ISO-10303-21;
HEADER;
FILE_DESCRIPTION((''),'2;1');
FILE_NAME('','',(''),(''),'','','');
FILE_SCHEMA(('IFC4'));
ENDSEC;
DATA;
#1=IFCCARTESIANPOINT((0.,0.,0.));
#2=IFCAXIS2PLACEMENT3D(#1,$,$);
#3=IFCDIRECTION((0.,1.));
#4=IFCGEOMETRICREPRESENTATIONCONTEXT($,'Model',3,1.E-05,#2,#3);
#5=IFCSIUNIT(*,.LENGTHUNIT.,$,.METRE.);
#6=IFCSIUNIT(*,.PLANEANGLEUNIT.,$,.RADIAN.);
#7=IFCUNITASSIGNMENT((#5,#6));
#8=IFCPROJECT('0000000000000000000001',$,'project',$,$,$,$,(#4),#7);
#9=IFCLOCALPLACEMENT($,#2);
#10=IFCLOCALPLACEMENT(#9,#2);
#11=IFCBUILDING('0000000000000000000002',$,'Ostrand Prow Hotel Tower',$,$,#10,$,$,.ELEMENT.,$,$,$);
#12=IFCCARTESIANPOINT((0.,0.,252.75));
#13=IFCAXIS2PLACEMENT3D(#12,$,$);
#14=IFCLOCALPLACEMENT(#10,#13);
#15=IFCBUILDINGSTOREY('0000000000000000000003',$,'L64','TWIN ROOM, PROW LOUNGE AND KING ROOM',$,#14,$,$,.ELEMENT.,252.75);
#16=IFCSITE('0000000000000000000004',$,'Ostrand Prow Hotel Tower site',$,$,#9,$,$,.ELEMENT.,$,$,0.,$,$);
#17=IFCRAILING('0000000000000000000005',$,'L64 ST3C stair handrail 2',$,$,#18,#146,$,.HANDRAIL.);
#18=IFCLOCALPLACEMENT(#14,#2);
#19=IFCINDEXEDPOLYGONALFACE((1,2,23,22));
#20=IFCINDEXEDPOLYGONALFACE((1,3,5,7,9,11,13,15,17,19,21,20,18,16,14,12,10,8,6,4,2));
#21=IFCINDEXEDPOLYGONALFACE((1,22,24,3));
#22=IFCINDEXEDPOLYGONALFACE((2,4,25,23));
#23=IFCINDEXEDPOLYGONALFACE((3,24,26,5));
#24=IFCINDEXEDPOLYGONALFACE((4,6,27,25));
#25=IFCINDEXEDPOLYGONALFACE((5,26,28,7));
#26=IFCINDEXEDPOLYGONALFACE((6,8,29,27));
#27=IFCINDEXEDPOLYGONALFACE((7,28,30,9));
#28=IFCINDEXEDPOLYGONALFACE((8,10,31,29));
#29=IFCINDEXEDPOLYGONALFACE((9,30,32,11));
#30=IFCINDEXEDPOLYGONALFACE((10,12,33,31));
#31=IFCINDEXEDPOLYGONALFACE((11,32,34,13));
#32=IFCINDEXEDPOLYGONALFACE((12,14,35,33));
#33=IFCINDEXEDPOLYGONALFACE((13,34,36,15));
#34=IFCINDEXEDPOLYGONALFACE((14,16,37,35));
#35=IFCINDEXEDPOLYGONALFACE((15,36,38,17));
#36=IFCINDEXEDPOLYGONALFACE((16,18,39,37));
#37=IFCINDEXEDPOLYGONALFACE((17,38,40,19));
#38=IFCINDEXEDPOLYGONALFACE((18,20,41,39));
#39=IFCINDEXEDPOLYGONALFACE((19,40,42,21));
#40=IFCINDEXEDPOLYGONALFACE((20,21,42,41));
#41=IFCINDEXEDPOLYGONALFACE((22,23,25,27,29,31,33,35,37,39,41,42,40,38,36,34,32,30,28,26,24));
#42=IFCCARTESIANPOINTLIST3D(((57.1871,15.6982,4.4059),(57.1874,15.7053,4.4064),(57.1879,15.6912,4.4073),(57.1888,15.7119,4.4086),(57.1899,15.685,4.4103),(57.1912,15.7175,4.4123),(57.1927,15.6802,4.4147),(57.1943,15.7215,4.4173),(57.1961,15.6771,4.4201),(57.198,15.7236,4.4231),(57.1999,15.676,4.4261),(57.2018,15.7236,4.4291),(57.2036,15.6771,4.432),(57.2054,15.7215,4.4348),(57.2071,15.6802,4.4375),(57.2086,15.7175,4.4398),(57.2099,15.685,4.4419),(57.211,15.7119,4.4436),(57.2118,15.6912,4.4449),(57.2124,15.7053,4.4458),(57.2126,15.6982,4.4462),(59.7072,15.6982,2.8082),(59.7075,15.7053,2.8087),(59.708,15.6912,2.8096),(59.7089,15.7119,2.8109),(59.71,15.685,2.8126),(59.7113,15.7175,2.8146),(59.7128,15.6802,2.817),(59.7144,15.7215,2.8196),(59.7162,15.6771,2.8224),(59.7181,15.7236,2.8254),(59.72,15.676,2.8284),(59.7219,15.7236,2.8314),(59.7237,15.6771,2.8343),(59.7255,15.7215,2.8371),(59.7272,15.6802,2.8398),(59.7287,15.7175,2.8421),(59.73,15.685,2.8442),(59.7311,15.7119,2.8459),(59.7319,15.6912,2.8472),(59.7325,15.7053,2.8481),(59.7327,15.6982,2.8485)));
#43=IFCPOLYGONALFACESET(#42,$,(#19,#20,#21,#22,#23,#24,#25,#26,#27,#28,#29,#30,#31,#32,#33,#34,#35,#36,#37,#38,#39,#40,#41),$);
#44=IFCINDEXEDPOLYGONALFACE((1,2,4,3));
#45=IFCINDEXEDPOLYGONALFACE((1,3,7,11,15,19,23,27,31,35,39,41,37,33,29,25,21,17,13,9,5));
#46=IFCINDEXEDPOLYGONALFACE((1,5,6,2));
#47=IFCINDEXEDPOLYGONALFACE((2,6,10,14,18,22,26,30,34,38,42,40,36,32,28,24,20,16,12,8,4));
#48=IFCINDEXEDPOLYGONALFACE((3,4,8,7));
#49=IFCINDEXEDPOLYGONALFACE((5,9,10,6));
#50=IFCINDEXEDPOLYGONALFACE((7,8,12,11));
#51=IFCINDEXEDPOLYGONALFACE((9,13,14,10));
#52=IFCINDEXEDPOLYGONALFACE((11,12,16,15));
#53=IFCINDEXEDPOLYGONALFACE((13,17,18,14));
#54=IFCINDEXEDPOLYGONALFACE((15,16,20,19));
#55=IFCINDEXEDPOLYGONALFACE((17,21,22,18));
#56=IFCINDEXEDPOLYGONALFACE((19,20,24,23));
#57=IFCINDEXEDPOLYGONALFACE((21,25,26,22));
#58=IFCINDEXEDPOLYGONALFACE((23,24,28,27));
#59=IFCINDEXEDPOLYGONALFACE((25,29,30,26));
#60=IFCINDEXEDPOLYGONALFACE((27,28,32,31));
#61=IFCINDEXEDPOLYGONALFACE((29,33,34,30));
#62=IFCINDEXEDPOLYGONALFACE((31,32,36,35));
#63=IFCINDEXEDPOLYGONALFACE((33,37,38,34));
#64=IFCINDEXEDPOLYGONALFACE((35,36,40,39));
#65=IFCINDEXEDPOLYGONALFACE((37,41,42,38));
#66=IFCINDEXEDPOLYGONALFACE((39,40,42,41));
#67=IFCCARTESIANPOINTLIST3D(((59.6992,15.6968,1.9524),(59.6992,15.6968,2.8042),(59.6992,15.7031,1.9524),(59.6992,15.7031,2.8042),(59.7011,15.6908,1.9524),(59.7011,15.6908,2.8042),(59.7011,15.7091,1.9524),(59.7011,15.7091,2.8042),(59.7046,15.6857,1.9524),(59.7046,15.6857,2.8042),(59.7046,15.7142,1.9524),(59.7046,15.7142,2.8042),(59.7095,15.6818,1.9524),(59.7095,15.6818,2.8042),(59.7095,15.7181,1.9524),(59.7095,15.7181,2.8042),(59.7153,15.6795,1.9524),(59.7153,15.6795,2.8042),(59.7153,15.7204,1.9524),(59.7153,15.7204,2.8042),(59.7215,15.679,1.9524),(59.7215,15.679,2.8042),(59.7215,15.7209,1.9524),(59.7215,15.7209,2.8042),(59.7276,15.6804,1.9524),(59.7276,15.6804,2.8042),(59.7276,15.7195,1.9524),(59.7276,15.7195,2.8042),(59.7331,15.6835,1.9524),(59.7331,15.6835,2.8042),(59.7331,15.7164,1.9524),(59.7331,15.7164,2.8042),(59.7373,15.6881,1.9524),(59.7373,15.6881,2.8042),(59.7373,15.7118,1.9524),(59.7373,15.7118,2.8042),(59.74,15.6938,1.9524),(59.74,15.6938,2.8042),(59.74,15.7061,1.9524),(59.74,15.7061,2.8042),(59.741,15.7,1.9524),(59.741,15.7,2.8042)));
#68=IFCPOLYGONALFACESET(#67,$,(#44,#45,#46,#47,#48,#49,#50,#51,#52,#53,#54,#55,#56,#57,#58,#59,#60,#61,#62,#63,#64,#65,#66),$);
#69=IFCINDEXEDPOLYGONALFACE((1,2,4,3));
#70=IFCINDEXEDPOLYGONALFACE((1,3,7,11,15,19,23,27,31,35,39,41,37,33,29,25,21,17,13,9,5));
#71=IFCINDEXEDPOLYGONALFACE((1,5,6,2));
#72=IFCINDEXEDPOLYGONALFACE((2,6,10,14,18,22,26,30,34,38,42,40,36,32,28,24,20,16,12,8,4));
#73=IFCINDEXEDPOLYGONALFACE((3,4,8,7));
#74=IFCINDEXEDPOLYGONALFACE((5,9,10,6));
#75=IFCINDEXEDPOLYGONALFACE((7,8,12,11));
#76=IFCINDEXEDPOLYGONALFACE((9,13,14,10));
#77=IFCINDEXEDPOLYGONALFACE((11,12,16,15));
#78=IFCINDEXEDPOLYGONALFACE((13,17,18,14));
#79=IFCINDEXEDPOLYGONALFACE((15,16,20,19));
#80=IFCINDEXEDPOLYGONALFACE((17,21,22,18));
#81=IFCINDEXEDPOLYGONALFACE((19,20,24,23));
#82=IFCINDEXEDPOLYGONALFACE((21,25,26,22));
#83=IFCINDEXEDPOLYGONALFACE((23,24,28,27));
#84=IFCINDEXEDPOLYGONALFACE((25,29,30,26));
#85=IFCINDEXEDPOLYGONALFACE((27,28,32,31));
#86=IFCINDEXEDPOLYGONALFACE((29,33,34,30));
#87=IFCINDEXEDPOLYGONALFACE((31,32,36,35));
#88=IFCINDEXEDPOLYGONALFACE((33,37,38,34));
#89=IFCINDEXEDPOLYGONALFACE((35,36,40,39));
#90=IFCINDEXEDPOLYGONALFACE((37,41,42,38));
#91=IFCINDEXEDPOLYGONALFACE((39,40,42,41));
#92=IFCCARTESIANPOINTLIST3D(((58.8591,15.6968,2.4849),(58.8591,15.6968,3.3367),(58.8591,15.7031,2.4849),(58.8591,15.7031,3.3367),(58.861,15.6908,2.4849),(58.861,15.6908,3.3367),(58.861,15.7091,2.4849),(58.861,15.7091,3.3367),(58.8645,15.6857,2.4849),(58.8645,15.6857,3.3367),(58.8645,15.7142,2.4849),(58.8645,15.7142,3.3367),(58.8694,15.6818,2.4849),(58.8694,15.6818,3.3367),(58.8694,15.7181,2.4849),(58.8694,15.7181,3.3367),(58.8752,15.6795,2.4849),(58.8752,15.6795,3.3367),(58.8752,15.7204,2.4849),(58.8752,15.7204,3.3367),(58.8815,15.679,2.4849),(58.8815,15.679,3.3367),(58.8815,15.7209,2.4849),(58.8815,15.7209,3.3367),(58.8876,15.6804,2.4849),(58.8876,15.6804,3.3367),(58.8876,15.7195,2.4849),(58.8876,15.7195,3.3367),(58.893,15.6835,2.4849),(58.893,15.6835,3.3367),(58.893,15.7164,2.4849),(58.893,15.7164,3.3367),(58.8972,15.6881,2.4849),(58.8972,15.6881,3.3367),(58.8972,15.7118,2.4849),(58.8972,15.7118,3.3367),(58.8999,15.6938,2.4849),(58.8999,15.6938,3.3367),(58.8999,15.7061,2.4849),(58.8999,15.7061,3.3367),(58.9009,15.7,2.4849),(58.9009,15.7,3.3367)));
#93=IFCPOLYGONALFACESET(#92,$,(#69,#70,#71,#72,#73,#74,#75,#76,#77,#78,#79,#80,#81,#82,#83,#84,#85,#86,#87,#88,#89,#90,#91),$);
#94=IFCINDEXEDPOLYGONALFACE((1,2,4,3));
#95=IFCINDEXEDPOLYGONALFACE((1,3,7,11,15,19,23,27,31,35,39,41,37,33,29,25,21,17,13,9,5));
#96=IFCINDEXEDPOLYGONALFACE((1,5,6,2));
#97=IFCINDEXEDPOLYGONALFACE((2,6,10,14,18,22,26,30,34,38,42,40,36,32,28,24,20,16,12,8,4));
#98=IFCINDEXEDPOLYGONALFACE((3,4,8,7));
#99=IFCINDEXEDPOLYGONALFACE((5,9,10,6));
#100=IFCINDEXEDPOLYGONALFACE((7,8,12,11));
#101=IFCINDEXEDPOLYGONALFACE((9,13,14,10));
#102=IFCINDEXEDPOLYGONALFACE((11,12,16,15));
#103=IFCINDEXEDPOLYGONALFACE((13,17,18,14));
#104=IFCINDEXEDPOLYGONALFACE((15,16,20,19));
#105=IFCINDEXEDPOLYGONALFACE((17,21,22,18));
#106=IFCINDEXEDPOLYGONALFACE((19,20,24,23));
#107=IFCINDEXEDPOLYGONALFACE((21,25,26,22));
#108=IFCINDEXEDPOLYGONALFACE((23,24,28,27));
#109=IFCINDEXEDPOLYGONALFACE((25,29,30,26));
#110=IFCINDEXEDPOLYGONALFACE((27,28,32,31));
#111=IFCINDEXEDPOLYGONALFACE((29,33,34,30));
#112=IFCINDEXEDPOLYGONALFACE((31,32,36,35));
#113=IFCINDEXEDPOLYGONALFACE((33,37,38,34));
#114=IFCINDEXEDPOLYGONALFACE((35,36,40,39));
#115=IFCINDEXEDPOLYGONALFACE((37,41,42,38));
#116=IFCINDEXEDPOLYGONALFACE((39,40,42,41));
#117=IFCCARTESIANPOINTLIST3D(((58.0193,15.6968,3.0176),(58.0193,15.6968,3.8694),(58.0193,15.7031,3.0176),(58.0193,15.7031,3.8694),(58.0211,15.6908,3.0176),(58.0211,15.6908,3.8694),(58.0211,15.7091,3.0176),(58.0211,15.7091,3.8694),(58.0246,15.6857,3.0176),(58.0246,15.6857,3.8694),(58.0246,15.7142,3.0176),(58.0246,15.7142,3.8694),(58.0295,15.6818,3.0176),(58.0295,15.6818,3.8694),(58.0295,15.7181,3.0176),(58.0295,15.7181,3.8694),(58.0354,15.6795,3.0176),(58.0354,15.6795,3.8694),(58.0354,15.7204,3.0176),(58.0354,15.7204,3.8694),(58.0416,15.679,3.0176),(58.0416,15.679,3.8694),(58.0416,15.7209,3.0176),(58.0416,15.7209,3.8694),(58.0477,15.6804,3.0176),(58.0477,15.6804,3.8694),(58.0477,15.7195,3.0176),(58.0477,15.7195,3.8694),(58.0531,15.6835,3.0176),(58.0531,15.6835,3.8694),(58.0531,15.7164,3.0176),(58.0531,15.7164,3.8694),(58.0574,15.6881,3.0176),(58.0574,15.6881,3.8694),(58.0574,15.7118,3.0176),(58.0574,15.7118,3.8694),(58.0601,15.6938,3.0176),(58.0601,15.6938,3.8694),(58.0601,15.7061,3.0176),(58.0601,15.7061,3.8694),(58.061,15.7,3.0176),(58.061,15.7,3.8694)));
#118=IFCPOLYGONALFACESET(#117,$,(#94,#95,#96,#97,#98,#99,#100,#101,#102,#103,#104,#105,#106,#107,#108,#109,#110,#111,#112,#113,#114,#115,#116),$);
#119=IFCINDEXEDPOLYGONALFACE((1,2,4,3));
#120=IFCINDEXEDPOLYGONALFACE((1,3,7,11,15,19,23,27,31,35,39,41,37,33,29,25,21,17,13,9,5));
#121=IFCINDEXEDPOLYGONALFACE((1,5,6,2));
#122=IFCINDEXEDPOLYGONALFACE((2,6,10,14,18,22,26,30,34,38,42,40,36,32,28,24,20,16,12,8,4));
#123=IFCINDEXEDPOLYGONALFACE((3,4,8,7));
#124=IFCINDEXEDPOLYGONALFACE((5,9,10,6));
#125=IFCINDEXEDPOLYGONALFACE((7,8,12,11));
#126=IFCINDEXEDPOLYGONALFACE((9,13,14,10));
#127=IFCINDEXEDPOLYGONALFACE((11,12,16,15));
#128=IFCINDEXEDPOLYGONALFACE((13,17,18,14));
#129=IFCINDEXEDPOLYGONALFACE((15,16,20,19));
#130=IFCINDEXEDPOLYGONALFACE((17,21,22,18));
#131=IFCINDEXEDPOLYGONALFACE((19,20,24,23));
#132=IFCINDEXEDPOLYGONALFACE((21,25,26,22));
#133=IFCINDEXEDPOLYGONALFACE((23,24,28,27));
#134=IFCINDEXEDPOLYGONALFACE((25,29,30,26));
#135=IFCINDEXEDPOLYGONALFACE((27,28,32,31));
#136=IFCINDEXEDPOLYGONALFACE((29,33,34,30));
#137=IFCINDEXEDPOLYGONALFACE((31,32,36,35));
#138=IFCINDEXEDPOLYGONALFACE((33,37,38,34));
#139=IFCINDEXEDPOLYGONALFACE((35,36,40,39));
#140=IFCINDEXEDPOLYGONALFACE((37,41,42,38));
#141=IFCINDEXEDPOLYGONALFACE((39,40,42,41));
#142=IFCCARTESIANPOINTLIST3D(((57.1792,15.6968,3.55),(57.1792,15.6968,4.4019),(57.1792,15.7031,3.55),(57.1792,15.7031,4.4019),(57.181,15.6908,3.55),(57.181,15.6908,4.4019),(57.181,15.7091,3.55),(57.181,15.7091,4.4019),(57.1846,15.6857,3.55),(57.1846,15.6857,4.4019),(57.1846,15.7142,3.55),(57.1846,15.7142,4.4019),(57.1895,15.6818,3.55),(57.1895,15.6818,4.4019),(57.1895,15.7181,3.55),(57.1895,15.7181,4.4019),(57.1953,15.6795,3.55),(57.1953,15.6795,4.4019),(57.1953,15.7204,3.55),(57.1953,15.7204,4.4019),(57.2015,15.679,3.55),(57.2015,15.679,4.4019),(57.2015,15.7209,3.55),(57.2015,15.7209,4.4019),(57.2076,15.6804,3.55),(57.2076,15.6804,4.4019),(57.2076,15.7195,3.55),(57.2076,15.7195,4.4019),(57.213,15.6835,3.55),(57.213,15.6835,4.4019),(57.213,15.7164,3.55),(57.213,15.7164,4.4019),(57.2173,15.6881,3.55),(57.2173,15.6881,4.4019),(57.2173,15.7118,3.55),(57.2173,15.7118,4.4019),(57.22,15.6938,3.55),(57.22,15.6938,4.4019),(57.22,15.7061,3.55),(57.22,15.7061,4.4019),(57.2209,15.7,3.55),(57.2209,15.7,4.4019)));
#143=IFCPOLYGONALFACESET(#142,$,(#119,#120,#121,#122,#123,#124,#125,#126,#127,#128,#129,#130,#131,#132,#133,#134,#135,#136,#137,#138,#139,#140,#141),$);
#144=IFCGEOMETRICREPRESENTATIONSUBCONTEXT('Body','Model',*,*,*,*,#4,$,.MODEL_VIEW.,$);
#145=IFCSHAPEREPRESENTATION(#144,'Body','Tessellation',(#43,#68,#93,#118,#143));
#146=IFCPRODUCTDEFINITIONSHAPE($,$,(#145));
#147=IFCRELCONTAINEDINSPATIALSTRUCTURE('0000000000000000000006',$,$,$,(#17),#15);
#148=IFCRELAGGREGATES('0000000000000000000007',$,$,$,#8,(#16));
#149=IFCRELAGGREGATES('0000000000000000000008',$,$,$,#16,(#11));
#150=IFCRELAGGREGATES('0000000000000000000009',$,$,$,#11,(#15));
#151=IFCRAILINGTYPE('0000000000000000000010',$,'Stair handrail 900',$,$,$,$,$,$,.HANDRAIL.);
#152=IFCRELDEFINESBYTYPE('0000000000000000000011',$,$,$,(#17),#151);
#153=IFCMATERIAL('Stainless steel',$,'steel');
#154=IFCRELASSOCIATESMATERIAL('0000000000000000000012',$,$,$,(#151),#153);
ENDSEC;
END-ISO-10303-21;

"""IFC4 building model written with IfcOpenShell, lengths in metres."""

from ifc_helpers import new_model, si_unit, direction, frame, origin, origin_2d, place, context, subcontext, project, spatial, circle, extrude, material, type_object, element, save


model = new_model("IFC4")

# Units and contexts
model_context = context("Model", 3, precision=1e-05, world=origin(), true_north=direction((0.0, 1.0)))
body_context = subcontext(model_context, "Body", "Model", "MODEL_VIEW")
ifc_project = project(units=[si_unit("LENGTHUNIT", "METRE"), si_unit("PLANEANGLEUNIT", "RADIAN")], contexts=[model_context])

# Site, building, storey
site_placement = place(None, origin())
site = spatial("IfcSite", under=ifc_project, at=site_placement, Name="Ostrand Prow Hotel Tower site", CompositionType="ELEMENT", RefElevation=0.0)
building_placement = place(site_placement, origin())
building = spatial("IfcBuilding", under=site, at=building_placement, Name="Ostrand Prow Hotel Tower", CompositionType="ELEMENT")
storey_placement = place(building_placement, frame((0.0, 0.0, 252.75)))
storey = spatial("IfcBuildingStorey", under=building, at=storey_placement, Name="L64", Description="TWIN ROOM, PROW LOUNGE AND KING ROOM", CompositionType="ELEMENT", Elevation=252.75)

# Railing
ifc_material_1 = material(Name="Stainless steel", Category="steel")
railing_type_1 = type_object("IfcRailingType", Name="Stair handrail 900", PredefinedType="HANDRAIL", material=ifc_material_1)
railing_1_placement = place(storey_placement, frame((59.72, 15.7, 1.9524)))
element("IfcRailing", 1, at=railing_1_placement, inside=storey, type_object=railing_type_1, Name="L64 ST3C stair handrail 2", PredefinedType="HANDRAIL", context=body_context, shape_type="SweptSolid", body=[
    extrude(circle(Radius=0.0239, at=origin_2d()), frame((0.0, 0.0, 0.876), z_axis=(-0.84457, 0.0, 0.535445), x_axis=(0.0, -1.0, 0.0)), (0.0, 0.0, 1.0), 2.9839),
    extrude(circle(Radius=0.021, at=origin_2d()), origin(), (0.0, 0.0, 1.0), 0.8518),
    extrude(circle(Radius=0.021, at=origin_2d()), frame((-0.8401, 0.0, 0.5325)), (0.0, 0.0, 1.0), 0.8518),
    extrude(circle(Radius=0.021, at=origin_2d()), frame((-1.6799, 0.0, 1.0652)), (0.0, 0.0, 1.0), 0.8518),
    extrude(circle(Radius=0.021, at=origin_2d()), frame((-2.52, 0.0, 1.5977)), (0.0, 0.0, 1.0), 0.8518),
])

save(model, "model.ifc")
